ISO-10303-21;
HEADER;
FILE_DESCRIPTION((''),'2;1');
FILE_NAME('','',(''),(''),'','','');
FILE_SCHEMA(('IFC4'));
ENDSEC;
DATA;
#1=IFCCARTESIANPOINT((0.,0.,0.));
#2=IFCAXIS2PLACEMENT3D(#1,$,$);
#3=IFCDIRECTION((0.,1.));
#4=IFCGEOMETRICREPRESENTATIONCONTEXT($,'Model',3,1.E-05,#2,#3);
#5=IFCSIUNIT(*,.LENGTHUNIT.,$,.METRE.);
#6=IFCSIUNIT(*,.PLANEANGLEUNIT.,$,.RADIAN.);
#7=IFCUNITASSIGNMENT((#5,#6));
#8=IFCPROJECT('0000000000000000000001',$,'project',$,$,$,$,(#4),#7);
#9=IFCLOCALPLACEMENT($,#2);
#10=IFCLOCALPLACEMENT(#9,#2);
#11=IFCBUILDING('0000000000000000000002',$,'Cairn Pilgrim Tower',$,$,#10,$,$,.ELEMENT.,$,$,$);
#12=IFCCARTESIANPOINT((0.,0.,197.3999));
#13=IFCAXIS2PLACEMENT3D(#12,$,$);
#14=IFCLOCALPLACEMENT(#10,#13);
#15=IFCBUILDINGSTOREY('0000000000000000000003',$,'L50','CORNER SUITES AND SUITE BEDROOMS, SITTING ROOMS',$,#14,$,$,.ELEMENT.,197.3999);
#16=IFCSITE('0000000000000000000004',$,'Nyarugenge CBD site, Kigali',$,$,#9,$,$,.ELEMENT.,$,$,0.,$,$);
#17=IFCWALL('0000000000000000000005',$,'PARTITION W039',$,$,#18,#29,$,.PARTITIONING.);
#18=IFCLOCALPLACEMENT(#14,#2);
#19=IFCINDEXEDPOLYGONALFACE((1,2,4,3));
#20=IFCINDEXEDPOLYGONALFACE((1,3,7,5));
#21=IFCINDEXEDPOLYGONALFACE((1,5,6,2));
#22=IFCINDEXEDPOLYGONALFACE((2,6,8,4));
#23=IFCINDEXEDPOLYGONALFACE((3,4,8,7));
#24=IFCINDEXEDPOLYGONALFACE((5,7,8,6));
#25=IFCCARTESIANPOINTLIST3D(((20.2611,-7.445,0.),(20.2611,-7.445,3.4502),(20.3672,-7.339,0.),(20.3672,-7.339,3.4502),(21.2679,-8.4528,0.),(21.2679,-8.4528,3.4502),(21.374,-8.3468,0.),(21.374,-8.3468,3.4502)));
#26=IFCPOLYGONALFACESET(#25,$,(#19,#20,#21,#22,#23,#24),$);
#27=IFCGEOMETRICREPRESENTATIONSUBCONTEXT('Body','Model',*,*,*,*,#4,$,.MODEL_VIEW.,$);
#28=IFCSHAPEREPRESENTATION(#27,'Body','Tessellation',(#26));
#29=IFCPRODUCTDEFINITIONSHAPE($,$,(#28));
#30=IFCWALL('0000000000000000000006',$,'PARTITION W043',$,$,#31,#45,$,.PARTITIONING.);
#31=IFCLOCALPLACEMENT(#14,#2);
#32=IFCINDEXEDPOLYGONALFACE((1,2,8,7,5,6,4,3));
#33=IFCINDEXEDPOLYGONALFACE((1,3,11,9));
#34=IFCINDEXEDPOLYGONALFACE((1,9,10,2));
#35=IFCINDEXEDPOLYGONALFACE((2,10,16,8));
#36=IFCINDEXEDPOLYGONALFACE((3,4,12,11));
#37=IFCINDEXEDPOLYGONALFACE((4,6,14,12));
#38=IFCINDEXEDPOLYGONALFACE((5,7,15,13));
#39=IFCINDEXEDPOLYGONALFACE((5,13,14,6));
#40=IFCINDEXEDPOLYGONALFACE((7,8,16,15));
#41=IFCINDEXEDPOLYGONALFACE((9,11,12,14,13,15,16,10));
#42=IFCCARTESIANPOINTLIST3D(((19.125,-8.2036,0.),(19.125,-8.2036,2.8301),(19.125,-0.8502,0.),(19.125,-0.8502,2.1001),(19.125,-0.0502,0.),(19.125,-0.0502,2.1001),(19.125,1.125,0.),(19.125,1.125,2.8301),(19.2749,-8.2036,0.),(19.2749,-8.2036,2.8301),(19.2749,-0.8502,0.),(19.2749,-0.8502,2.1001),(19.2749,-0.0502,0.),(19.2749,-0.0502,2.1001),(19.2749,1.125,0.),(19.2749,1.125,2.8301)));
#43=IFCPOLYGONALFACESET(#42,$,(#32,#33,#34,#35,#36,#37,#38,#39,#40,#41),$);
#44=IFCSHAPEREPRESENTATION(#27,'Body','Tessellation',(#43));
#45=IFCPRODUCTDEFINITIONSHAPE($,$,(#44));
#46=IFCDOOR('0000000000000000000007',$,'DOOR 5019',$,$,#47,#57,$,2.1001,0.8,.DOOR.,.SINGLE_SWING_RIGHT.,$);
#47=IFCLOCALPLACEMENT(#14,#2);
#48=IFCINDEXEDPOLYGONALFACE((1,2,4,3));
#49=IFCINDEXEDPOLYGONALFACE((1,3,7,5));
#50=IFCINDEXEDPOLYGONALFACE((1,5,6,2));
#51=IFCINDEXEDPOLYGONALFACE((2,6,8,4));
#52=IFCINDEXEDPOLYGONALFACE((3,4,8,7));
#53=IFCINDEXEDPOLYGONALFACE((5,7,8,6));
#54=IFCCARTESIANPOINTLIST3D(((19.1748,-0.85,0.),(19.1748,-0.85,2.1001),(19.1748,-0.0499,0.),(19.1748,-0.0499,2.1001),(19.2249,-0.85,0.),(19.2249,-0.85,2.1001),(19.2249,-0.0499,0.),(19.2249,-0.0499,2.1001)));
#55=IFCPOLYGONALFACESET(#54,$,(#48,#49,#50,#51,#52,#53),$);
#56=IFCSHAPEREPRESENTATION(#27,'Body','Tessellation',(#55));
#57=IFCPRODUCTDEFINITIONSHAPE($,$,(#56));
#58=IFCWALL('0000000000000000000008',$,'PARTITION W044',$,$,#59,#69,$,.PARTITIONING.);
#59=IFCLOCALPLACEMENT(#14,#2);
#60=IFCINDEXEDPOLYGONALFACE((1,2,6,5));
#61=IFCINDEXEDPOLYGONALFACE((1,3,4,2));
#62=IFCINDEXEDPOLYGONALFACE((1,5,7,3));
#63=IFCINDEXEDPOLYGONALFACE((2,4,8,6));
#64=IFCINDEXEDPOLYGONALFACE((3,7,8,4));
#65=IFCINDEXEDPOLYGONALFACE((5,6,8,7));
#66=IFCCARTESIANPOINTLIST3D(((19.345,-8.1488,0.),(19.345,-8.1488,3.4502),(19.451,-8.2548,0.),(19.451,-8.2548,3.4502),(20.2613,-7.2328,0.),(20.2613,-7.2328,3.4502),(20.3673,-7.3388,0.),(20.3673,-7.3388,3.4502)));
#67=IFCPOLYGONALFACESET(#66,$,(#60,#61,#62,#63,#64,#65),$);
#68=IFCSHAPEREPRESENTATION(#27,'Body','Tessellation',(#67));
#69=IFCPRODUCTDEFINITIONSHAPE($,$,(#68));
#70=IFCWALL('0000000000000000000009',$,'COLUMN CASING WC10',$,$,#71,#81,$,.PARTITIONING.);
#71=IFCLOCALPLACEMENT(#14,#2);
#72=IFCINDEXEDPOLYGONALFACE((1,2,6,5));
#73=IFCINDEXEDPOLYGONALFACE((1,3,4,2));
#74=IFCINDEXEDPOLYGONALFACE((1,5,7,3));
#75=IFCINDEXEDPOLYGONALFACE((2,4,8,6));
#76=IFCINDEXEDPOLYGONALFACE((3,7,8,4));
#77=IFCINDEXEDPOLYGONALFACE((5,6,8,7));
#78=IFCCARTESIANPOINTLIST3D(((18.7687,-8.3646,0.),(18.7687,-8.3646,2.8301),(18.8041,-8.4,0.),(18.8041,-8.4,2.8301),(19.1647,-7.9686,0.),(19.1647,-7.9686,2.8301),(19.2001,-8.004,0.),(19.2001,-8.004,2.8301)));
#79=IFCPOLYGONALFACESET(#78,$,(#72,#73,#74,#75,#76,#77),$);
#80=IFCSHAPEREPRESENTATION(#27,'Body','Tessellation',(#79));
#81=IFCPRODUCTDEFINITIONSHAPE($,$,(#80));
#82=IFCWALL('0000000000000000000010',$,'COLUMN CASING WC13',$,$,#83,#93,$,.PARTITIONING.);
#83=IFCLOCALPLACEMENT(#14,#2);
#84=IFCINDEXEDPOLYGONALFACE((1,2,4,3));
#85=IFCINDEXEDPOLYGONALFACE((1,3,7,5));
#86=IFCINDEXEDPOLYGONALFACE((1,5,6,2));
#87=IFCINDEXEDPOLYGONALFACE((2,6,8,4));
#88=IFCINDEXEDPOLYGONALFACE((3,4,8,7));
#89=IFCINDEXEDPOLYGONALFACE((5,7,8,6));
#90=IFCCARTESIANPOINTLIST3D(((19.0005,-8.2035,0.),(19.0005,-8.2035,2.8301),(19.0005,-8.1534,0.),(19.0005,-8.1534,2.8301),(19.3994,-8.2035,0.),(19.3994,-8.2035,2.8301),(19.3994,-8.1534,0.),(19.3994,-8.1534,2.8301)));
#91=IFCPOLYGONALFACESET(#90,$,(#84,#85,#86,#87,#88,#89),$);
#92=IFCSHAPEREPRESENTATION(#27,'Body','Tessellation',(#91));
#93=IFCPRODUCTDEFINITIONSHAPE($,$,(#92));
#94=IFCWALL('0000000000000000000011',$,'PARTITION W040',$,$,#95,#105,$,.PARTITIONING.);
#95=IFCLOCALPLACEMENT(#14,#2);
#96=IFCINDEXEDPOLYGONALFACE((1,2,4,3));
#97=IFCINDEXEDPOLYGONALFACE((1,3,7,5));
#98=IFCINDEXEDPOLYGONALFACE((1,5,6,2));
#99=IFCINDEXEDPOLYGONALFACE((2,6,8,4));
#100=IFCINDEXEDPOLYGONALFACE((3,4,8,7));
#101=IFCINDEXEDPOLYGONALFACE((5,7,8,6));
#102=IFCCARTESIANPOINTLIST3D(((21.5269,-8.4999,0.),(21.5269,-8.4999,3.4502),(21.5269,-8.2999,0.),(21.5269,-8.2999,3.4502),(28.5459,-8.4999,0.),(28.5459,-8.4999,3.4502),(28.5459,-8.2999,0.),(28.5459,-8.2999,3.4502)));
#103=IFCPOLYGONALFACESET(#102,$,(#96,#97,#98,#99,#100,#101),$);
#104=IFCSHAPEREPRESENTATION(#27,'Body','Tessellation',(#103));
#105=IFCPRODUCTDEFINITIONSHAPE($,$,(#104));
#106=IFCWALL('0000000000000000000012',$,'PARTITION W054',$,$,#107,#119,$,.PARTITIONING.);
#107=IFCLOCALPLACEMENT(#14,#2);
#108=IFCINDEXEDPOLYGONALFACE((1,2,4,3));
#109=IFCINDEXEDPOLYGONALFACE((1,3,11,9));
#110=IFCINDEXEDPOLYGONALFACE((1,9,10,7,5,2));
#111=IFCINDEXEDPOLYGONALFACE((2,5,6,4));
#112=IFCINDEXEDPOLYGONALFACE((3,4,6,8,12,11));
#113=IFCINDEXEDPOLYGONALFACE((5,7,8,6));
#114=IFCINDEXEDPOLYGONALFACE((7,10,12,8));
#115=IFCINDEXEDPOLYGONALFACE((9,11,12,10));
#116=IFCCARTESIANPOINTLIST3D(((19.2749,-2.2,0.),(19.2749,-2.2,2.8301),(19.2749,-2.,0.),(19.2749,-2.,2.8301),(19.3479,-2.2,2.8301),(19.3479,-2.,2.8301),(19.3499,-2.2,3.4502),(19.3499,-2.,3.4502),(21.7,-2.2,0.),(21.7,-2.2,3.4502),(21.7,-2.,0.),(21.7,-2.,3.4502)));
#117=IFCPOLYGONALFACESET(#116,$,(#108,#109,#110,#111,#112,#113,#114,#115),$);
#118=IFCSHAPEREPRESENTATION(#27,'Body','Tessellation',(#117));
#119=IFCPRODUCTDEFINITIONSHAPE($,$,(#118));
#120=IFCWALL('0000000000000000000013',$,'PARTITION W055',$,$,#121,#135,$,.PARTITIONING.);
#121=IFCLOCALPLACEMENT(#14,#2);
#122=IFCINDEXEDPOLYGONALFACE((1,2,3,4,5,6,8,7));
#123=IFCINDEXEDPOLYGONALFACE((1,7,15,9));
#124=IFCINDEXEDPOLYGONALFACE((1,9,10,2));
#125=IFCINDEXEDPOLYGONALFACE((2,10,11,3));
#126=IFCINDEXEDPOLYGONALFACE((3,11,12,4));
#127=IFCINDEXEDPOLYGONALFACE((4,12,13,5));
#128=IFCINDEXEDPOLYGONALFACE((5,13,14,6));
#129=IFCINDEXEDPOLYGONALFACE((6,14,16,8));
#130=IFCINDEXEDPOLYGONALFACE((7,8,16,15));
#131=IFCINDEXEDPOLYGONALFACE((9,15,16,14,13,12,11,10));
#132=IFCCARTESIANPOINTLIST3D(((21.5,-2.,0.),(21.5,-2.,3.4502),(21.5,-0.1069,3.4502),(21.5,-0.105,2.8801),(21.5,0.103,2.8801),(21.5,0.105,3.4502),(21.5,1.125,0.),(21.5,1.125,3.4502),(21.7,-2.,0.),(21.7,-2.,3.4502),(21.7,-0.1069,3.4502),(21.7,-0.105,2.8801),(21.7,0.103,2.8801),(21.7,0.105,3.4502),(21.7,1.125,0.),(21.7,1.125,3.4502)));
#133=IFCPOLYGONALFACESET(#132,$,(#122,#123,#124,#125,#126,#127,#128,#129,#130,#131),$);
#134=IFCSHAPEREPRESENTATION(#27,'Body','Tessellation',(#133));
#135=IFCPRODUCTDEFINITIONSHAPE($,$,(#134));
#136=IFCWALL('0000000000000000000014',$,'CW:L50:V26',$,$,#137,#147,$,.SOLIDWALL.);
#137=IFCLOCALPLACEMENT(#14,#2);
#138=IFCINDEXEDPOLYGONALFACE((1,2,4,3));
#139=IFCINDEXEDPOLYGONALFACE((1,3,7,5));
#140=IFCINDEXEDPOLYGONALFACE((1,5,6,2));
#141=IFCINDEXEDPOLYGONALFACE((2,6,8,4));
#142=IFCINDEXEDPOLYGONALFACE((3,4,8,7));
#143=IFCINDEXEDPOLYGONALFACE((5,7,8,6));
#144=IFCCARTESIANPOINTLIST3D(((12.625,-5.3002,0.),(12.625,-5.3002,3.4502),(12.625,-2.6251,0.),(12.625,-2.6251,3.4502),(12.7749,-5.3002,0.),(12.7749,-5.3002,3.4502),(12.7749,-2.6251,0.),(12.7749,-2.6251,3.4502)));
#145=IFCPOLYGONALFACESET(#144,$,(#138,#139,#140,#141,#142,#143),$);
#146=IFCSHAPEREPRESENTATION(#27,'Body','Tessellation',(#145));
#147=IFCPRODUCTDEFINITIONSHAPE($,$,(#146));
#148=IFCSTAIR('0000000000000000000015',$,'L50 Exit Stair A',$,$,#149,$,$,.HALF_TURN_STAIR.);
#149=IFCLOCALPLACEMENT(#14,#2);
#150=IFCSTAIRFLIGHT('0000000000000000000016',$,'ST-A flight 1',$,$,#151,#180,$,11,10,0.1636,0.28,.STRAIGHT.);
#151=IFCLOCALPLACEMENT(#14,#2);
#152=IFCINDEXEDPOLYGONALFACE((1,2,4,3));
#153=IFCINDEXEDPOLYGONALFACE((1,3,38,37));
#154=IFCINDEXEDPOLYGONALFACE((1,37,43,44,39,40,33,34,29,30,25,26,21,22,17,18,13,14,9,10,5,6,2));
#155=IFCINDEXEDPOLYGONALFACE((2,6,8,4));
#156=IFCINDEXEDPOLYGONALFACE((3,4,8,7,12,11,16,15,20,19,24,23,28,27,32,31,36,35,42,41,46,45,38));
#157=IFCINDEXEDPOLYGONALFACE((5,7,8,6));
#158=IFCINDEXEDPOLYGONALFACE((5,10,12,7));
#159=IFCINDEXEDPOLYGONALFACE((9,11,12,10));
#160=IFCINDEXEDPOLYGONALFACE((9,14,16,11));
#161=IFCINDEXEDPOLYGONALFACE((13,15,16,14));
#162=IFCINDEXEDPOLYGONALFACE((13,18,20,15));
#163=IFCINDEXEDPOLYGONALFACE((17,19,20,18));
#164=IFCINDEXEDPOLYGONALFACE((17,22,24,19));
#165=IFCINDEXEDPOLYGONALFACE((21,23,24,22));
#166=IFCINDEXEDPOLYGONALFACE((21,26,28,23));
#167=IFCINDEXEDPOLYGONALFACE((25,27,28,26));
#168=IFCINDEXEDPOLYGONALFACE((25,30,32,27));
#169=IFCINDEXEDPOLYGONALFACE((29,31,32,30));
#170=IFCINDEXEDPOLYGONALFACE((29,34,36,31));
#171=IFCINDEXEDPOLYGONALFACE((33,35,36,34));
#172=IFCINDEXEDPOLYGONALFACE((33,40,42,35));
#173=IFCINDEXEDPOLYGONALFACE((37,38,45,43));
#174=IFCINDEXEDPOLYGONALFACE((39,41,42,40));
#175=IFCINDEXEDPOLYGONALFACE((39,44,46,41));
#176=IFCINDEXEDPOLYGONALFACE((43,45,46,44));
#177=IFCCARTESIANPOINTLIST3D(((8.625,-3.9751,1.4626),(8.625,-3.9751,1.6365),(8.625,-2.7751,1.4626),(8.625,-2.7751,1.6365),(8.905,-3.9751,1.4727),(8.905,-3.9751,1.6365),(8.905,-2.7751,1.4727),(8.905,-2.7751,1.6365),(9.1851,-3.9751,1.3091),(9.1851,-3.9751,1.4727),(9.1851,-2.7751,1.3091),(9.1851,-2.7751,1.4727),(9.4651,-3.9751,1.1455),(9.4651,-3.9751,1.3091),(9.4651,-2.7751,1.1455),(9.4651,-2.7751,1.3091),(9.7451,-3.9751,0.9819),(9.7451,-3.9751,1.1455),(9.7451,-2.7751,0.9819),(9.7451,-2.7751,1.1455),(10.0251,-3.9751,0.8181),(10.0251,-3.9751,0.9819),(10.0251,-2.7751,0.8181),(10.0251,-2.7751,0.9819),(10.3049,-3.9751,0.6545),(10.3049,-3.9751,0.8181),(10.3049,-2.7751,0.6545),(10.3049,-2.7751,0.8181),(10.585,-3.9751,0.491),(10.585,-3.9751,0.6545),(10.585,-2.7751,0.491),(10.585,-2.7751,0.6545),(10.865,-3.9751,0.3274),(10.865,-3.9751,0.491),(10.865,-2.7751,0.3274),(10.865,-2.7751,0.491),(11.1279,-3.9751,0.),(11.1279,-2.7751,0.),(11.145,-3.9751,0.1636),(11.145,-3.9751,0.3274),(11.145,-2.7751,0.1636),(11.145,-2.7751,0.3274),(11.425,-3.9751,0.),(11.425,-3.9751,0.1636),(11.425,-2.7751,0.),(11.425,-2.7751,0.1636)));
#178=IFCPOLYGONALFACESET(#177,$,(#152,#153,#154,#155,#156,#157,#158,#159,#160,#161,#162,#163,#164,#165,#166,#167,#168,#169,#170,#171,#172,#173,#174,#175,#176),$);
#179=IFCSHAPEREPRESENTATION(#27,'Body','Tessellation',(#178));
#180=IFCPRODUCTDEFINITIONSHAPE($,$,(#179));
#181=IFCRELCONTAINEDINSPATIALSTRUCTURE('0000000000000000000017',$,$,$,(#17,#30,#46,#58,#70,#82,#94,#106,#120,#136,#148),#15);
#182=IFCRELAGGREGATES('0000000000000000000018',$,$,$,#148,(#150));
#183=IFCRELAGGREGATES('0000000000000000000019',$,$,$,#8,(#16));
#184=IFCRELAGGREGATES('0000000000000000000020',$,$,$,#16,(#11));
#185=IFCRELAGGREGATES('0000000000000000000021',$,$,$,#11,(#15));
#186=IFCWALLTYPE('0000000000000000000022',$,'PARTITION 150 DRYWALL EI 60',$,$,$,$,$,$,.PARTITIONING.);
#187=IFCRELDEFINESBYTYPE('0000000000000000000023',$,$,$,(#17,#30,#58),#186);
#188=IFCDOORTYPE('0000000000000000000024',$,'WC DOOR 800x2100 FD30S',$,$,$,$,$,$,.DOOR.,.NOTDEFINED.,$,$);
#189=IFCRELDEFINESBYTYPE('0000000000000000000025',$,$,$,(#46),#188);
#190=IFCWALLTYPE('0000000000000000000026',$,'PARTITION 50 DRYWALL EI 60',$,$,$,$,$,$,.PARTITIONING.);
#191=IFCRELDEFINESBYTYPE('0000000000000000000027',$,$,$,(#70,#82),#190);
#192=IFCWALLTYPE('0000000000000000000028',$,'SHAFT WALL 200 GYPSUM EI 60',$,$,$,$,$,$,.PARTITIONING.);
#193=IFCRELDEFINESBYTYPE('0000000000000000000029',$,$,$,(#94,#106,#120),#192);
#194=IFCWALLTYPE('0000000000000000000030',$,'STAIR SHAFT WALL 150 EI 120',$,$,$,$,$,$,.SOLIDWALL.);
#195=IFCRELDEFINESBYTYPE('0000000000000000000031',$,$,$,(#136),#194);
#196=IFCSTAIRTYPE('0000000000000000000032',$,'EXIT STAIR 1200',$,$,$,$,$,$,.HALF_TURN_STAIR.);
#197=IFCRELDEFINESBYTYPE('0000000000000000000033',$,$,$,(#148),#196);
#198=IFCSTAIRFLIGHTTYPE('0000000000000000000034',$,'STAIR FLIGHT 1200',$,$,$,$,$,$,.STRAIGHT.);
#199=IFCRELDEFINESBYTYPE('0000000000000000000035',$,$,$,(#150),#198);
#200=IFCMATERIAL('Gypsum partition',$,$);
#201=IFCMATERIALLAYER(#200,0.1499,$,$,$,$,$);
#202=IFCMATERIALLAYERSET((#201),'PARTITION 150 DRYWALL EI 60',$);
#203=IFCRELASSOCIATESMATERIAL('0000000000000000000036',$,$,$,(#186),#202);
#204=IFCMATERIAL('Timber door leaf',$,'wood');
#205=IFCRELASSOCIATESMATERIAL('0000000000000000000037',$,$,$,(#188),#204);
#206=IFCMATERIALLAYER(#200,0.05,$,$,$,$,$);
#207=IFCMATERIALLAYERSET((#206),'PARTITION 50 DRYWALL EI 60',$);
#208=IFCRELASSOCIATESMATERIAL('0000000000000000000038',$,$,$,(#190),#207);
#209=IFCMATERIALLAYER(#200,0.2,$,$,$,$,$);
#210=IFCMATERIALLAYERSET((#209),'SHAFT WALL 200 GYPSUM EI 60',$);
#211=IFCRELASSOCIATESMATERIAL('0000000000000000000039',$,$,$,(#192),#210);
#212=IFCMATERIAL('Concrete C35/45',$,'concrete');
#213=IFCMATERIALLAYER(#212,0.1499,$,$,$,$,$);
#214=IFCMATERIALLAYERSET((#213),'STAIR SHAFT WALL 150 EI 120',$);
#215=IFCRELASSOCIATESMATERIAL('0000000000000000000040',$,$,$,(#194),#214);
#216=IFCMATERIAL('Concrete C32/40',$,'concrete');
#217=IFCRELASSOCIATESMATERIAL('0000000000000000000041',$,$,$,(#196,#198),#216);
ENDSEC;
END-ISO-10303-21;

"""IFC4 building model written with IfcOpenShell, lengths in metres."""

from ifc_helpers import new_model, si_unit, direction, frame, frame_2d, origin, place, context, subcontext, project, spatial, polyline, rectangle, outline, extrude, material, layer, layer_set, type_object, element, fill, aggregate, save


model = new_model("IFC4")

# Units and contexts
model_context = context("Model", 3, precision=1e-05, world=origin(), true_north=direction((0.0, 1.0)))
body_context = subcontext(model_context, "Body", "Model", "MODEL_VIEW")
ifc_project = project(units=[si_unit("LENGTHUNIT", "METRE"), si_unit("PLANEANGLEUNIT", "RADIAN")], contexts=[model_context])

# Site, building, storey
site_placement = place(None, origin())
site = spatial("IfcSite", under=ifc_project, at=site_placement, Name="Nyarugenge CBD site, Kigali", CompositionType="ELEMENT", RefElevation=0.0)
building_placement = place(site_placement, origin())
building = spatial("IfcBuilding", under=site, at=building_placement, Name="Cairn Pilgrim Tower", CompositionType="ELEMENT")
storey_placement = place(building_placement, frame((0.0, 0.0, 197.3999)))
storey = spatial("IfcBuildingStorey", under=building, at=storey_placement, Name="L50", Description="CORNER SUITES AND SUITE BEDROOMS, SITTING ROOMS", CompositionType="ELEMENT", Elevation=197.3999)

# Shared definitions
ifc_material_1 = material(Name="Concrete C32/40", Category="concrete")

# Wall
ifc_material_2 = material(Name="Gypsum partition")
ifc_layer_1 = layer(ifc_material_2, 0.1499)
ifc_layer_set_1 = layer_set([ifc_layer_1], Name="PARTITION 150 DRYWALL EI 60")
wall_type_1 = type_object("IfcWallType", Name="PARTITION 150 DRYWALL EI 60", PredefinedType="PARTITIONING", material=ifc_layer_set_1)
wall_1_placement = place(storey_placement, frame((21.321, -8.3999, 0.0), z_axis=(0.0, 0.0, 1.0), x_axis=(-0.706764, 0.707449, 0.0)))
element("IfcWall", 1, at=wall_1_placement, inside=storey, type_object=wall_type_1, Name="PARTITION W039", PredefinedType="PARTITIONING", context=body_context, shape_type="SweptSolid", body=[
    extrude(rectangle(XDim=1.4246, YDim=0.1499, at=frame_2d((0.7124, 0.0))), origin(), (0.0, 0.0, 1.0), 3.4502),
])

# Wall, opening, door
wall_2_placement = place(storey_placement, frame((19.2, -8.2036, 0.0), z_axis=(0.0, 0.0, 1.0), x_axis=(0.0, 1.0, 0.0)))
wall_2 = element("IfcWall", 2, at=wall_2_placement, inside=storey, type_object=wall_type_1, Name="PARTITION W043", PredefinedType="PARTITIONING", context=body_context, shape_type="SweptSolid", body=[
    extrude(rectangle(XDim=9.3286, YDim=0.1499, at=frame_2d((4.6643, 0.0))), origin(), (0.0, 0.0, 1.0), 2.8301),
])
opening_1_placement = place(wall_2_placement, frame((7.3535, 0.0, 0.0)))
opening_1 = element("IfcOpeningElement", 3, at=opening_1_placement, cuts=wall_2, PredefinedType="OPENING", context=body_context, shape_type="SweptSolid", body=[
    extrude(rectangle(XDim=0.8, YDim=2.1001, at=frame_2d((0.3999, 1.05))), frame((0.0, 0.085, 0.0), z_axis=(0.0, -1.0, 0.0), x_axis=(1.0, 0.0, 0.0)), (0.0, 0.0, 1.0), 0.1699),
])
ifc_material_3 = material(Name="Timber door leaf", Category="wood")
door_type_1 = type_object("IfcDoorType", Name="WC DOOR 800x2100 FD30S", OperationType="NOTDEFINED", PredefinedType="DOOR", material=ifc_material_3)
door_1_placement = place(opening_1_placement, frame((0.8, 0.0, 0.0), z_axis=(0.0, 0.0, 1.0), x_axis=(-1.0, 0.0, 0.0)))
door_1 = element("IfcDoor", 4, at=door_1_placement, inside=storey, type_object=door_type_1, Name="DOOR 5019", OperationType="SINGLE_SWING_RIGHT", OverallHeight=2.1001, OverallWidth=0.8, PredefinedType="DOOR", context=body_context, shape_type="SweptSolid", body=[
    extrude(rectangle(XDim=0.8, YDim=2.1001, at=frame_2d((0.3999, 1.05))), frame((0.0, 0.0249, 0.0), z_axis=(0.0, -1.0, 0.0), x_axis=(1.0, 0.0, 0.0)), (0.0, 0.0, 1.0), 0.05),
])
fill(opening_1, door_1)

# Walls
wall_3_placement = place(storey_placement, frame((19.3979, -8.2019, 0.0), z_axis=(0.0, 0.0, 1.0), x_axis=(0.707201, 0.707013, 0.0)))
element("IfcWall", 5, at=wall_3_placement, inside=storey, type_object=wall_type_1, Name="PARTITION W044", PredefinedType="PARTITIONING", context=body_context, shape_type="SweptSolid", body=[
    extrude(rectangle(XDim=1.2957, YDim=0.1499, at=frame_2d((0.6479, 0.0))), origin(), (0.0, 0.0, 1.0), 3.4502),
])
ifc_layer_2 = layer(ifc_material_2, 0.05)
ifc_layer_set_2 = layer_set([ifc_layer_2], Name="PARTITION 50 DRYWALL EI 60")
wall_type_2 = type_object("IfcWallType", Name="PARTITION 50 DRYWALL EI 60", PredefinedType="PARTITIONING", material=ifc_layer_set_2)
wall_4_placement = place(storey_placement, frame((18.7864, -8.3823, 0.0), z_axis=(0.0, 0.0, 1.0), x_axis=(0.707107, 0.707107, 0.0)))
element("IfcWall", 6, at=wall_4_placement, inside=storey, type_object=wall_type_2, Name="COLUMN CASING WC10", PredefinedType="PARTITIONING", context=body_context, shape_type="SweptSolid", body=[
    extrude(rectangle(XDim=0.5601, YDim=0.05, at=frame_2d((0.28, 0.0))), origin(), (0.0, 0.0, 1.0), 2.8301),
])
wall_5_placement = place(storey_placement, frame((19.0005, -8.1785, 0.0), z_axis=(0.0, 0.0, 1.0), x_axis=(1.0, 0.0, 0.0)))
element("IfcWall", 7, at=wall_5_placement, inside=storey, type_object=wall_type_2, Name="COLUMN CASING WC13", PredefinedType="PARTITIONING", context=body_context, shape_type="SweptSolid", body=[
    extrude(rectangle(XDim=0.3989, YDim=0.05, at=frame_2d((0.1995, 0.0))), origin(), (0.0, 0.0, 1.0), 2.8301),
])
ifc_layer_3 = layer(ifc_material_2, 0.2)
ifc_layer_set_3 = layer_set([ifc_layer_3], Name="SHAFT WALL 200 GYPSUM EI 60")
wall_type_3 = type_object("IfcWallType", Name="SHAFT WALL 200 GYPSUM EI 60", PredefinedType="PARTITIONING", material=ifc_layer_set_3)
wall_6_placement = place(storey_placement, frame((21.5269, -8.3999, 0.0), z_axis=(0.0, 0.0, 1.0), x_axis=(1.0, 0.0, 0.0)))
element("IfcWall", 8, at=wall_6_placement, inside=storey, type_object=wall_type_3, Name="PARTITION W040", PredefinedType="PARTITIONING", context=body_context, shape_type="SweptSolid", body=[
    extrude(rectangle(XDim=7.019, YDim=0.2, at=frame_2d((3.5095, 0.0))), origin(), (0.0, 0.0, 1.0), 3.4502),
])
wall_7_placement = place(storey_placement, frame((19.2749, -2.1001, 0.0), z_axis=(0.0, 0.0, 1.0), x_axis=(1.0, 0.0, 0.0)))
element("IfcWall", 9, at=wall_7_placement, inside=storey, type_object=wall_type_3, Name="PARTITION W054", PredefinedType="PARTITIONING", context=body_context, shape_type="SweptSolid", body=[
    extrude(outline(polyline([(0.0, 0.0), (2.425, 0.0), (2.425, 3.4502), (0.075, 3.4502), (0.073, 2.8301), (0.0, 2.8301), (0.0, 0.0)])), frame((0.0, 0.1001, 0.0), z_axis=(0.0, -1.0, 0.0), x_axis=(1.0, 0.0, 0.0)), (0.0, 0.0, 1.0), 0.2),
])
wall_8_placement = place(storey_placement, frame((21.6001, -2.0, 0.0), z_axis=(0.0, 0.0, 1.0), x_axis=(0.0, 1.0, 0.0)))
element("IfcWall", 10, at=wall_8_placement, inside=storey, type_object=wall_type_3, Name="PARTITION W055", PredefinedType="PARTITIONING", context=body_context, shape_type="SweptSolid", body=[
    extrude(outline(polyline([(0.0, 0.0), (3.125, 0.0), (3.125, 3.4502), (2.105, 3.4502), (2.103, 2.8801), (1.895, 2.8801), (1.8931, 3.4502), (0.0, 3.4502), (0.0, 0.0)])), frame((0.0, 0.1001, 0.0), z_axis=(0.0, -1.0, 0.0), x_axis=(1.0, 0.0, 0.0)), (0.0, 0.0, 1.0), 0.2),
])
ifc_material_4 = material(Name="Concrete C35/45", Category="concrete")
ifc_layer_4 = layer(ifc_material_4, 0.1499)
ifc_layer_set_4 = layer_set([ifc_layer_4], Name="STAIR SHAFT WALL 150 EI 120")
wall_type_4 = type_object("IfcWallType", Name="STAIR SHAFT WALL 150 EI 120", PredefinedType="SOLIDWALL", material=ifc_layer_set_4)
wall_9_placement = place(storey_placement, frame((12.7, -5.3, 0.0), z_axis=(0.0, 0.0, 1.0), x_axis=(0.0, 1.0, 0.0)))
element("IfcWall", 11, at=wall_9_placement, inside=storey, type_object=wall_type_4, Name="CW:L50:V26", PredefinedType="SOLIDWALL", context=body_context, shape_type="SweptSolid", body=[
    extrude(rectangle(XDim=2.675, YDim=0.1499, at=frame_2d((1.3374, 0.0))), origin(), (0.0, 0.0, 1.0), 3.4502),
])

# Stair, stair flight
stair_type = type_object("IfcStairType", Name="EXIT STAIR 1200", PredefinedType="HALF_TURN_STAIR", material=ifc_material_1)
stair_placement = place(storey_placement, origin())
stair = element("IfcStair", 12, at=stair_placement, inside=storey, type_object=stair_type, Name="L50 Exit Stair A", PredefinedType="HALF_TURN_STAIR")
stair_flight_type = type_object("IfcStairFlightType", Name="STAIR FLIGHT 1200", PredefinedType="STRAIGHT", material=ifc_material_1)
stair_flight_placement = place(storey_placement, frame((11.425, -3.375, 0.0), z_axis=(0.0, 0.0, 1.0), x_axis=(-1.0, 0.0, 0.0)))
stair_flight = element("IfcStairFlight", 13, at=stair_flight_placement, type_object=stair_flight_type, Name="ST-A flight 1", NumberOfRisers=11, NumberOfTreads=10, PredefinedType="STRAIGHT", RiserHeight=0.1636, TreadLength=0.28, context=body_context, shape_type="SweptSolid", body=[
    extrude(outline(polyline([(0.0, 0.0), (0.0, 0.1636), (0.28, 0.1636), (0.28, 0.3274), (0.5601, 0.3274), (0.5601, 0.491), (0.8401, 0.491), (0.8401, 0.6545), (1.1201, 0.6545), (1.1201, 0.8181), (1.3999, 0.8181), (1.3999, 0.9819), (1.6799, 0.9819), (1.6799, 1.1455), (1.96, 1.1455), (1.96, 1.3091), (2.24, 1.3091), (2.24, 1.4727), (2.52, 1.4727), (2.52, 1.6365), (2.8, 1.6365), (2.8, 1.8), (2.8, 1.4626), (0.2971, 0.0), (0.0, 0.0)])), frame((0.0, 0.6001, 0.0), z_axis=(0.0, -1.0, 0.0), x_axis=(1.0, 0.0, 0.0)), (0.0, 0.0, 1.0), 1.2),
])
aggregate(stair, [stair_flight])

save(model, "model.ifc")
